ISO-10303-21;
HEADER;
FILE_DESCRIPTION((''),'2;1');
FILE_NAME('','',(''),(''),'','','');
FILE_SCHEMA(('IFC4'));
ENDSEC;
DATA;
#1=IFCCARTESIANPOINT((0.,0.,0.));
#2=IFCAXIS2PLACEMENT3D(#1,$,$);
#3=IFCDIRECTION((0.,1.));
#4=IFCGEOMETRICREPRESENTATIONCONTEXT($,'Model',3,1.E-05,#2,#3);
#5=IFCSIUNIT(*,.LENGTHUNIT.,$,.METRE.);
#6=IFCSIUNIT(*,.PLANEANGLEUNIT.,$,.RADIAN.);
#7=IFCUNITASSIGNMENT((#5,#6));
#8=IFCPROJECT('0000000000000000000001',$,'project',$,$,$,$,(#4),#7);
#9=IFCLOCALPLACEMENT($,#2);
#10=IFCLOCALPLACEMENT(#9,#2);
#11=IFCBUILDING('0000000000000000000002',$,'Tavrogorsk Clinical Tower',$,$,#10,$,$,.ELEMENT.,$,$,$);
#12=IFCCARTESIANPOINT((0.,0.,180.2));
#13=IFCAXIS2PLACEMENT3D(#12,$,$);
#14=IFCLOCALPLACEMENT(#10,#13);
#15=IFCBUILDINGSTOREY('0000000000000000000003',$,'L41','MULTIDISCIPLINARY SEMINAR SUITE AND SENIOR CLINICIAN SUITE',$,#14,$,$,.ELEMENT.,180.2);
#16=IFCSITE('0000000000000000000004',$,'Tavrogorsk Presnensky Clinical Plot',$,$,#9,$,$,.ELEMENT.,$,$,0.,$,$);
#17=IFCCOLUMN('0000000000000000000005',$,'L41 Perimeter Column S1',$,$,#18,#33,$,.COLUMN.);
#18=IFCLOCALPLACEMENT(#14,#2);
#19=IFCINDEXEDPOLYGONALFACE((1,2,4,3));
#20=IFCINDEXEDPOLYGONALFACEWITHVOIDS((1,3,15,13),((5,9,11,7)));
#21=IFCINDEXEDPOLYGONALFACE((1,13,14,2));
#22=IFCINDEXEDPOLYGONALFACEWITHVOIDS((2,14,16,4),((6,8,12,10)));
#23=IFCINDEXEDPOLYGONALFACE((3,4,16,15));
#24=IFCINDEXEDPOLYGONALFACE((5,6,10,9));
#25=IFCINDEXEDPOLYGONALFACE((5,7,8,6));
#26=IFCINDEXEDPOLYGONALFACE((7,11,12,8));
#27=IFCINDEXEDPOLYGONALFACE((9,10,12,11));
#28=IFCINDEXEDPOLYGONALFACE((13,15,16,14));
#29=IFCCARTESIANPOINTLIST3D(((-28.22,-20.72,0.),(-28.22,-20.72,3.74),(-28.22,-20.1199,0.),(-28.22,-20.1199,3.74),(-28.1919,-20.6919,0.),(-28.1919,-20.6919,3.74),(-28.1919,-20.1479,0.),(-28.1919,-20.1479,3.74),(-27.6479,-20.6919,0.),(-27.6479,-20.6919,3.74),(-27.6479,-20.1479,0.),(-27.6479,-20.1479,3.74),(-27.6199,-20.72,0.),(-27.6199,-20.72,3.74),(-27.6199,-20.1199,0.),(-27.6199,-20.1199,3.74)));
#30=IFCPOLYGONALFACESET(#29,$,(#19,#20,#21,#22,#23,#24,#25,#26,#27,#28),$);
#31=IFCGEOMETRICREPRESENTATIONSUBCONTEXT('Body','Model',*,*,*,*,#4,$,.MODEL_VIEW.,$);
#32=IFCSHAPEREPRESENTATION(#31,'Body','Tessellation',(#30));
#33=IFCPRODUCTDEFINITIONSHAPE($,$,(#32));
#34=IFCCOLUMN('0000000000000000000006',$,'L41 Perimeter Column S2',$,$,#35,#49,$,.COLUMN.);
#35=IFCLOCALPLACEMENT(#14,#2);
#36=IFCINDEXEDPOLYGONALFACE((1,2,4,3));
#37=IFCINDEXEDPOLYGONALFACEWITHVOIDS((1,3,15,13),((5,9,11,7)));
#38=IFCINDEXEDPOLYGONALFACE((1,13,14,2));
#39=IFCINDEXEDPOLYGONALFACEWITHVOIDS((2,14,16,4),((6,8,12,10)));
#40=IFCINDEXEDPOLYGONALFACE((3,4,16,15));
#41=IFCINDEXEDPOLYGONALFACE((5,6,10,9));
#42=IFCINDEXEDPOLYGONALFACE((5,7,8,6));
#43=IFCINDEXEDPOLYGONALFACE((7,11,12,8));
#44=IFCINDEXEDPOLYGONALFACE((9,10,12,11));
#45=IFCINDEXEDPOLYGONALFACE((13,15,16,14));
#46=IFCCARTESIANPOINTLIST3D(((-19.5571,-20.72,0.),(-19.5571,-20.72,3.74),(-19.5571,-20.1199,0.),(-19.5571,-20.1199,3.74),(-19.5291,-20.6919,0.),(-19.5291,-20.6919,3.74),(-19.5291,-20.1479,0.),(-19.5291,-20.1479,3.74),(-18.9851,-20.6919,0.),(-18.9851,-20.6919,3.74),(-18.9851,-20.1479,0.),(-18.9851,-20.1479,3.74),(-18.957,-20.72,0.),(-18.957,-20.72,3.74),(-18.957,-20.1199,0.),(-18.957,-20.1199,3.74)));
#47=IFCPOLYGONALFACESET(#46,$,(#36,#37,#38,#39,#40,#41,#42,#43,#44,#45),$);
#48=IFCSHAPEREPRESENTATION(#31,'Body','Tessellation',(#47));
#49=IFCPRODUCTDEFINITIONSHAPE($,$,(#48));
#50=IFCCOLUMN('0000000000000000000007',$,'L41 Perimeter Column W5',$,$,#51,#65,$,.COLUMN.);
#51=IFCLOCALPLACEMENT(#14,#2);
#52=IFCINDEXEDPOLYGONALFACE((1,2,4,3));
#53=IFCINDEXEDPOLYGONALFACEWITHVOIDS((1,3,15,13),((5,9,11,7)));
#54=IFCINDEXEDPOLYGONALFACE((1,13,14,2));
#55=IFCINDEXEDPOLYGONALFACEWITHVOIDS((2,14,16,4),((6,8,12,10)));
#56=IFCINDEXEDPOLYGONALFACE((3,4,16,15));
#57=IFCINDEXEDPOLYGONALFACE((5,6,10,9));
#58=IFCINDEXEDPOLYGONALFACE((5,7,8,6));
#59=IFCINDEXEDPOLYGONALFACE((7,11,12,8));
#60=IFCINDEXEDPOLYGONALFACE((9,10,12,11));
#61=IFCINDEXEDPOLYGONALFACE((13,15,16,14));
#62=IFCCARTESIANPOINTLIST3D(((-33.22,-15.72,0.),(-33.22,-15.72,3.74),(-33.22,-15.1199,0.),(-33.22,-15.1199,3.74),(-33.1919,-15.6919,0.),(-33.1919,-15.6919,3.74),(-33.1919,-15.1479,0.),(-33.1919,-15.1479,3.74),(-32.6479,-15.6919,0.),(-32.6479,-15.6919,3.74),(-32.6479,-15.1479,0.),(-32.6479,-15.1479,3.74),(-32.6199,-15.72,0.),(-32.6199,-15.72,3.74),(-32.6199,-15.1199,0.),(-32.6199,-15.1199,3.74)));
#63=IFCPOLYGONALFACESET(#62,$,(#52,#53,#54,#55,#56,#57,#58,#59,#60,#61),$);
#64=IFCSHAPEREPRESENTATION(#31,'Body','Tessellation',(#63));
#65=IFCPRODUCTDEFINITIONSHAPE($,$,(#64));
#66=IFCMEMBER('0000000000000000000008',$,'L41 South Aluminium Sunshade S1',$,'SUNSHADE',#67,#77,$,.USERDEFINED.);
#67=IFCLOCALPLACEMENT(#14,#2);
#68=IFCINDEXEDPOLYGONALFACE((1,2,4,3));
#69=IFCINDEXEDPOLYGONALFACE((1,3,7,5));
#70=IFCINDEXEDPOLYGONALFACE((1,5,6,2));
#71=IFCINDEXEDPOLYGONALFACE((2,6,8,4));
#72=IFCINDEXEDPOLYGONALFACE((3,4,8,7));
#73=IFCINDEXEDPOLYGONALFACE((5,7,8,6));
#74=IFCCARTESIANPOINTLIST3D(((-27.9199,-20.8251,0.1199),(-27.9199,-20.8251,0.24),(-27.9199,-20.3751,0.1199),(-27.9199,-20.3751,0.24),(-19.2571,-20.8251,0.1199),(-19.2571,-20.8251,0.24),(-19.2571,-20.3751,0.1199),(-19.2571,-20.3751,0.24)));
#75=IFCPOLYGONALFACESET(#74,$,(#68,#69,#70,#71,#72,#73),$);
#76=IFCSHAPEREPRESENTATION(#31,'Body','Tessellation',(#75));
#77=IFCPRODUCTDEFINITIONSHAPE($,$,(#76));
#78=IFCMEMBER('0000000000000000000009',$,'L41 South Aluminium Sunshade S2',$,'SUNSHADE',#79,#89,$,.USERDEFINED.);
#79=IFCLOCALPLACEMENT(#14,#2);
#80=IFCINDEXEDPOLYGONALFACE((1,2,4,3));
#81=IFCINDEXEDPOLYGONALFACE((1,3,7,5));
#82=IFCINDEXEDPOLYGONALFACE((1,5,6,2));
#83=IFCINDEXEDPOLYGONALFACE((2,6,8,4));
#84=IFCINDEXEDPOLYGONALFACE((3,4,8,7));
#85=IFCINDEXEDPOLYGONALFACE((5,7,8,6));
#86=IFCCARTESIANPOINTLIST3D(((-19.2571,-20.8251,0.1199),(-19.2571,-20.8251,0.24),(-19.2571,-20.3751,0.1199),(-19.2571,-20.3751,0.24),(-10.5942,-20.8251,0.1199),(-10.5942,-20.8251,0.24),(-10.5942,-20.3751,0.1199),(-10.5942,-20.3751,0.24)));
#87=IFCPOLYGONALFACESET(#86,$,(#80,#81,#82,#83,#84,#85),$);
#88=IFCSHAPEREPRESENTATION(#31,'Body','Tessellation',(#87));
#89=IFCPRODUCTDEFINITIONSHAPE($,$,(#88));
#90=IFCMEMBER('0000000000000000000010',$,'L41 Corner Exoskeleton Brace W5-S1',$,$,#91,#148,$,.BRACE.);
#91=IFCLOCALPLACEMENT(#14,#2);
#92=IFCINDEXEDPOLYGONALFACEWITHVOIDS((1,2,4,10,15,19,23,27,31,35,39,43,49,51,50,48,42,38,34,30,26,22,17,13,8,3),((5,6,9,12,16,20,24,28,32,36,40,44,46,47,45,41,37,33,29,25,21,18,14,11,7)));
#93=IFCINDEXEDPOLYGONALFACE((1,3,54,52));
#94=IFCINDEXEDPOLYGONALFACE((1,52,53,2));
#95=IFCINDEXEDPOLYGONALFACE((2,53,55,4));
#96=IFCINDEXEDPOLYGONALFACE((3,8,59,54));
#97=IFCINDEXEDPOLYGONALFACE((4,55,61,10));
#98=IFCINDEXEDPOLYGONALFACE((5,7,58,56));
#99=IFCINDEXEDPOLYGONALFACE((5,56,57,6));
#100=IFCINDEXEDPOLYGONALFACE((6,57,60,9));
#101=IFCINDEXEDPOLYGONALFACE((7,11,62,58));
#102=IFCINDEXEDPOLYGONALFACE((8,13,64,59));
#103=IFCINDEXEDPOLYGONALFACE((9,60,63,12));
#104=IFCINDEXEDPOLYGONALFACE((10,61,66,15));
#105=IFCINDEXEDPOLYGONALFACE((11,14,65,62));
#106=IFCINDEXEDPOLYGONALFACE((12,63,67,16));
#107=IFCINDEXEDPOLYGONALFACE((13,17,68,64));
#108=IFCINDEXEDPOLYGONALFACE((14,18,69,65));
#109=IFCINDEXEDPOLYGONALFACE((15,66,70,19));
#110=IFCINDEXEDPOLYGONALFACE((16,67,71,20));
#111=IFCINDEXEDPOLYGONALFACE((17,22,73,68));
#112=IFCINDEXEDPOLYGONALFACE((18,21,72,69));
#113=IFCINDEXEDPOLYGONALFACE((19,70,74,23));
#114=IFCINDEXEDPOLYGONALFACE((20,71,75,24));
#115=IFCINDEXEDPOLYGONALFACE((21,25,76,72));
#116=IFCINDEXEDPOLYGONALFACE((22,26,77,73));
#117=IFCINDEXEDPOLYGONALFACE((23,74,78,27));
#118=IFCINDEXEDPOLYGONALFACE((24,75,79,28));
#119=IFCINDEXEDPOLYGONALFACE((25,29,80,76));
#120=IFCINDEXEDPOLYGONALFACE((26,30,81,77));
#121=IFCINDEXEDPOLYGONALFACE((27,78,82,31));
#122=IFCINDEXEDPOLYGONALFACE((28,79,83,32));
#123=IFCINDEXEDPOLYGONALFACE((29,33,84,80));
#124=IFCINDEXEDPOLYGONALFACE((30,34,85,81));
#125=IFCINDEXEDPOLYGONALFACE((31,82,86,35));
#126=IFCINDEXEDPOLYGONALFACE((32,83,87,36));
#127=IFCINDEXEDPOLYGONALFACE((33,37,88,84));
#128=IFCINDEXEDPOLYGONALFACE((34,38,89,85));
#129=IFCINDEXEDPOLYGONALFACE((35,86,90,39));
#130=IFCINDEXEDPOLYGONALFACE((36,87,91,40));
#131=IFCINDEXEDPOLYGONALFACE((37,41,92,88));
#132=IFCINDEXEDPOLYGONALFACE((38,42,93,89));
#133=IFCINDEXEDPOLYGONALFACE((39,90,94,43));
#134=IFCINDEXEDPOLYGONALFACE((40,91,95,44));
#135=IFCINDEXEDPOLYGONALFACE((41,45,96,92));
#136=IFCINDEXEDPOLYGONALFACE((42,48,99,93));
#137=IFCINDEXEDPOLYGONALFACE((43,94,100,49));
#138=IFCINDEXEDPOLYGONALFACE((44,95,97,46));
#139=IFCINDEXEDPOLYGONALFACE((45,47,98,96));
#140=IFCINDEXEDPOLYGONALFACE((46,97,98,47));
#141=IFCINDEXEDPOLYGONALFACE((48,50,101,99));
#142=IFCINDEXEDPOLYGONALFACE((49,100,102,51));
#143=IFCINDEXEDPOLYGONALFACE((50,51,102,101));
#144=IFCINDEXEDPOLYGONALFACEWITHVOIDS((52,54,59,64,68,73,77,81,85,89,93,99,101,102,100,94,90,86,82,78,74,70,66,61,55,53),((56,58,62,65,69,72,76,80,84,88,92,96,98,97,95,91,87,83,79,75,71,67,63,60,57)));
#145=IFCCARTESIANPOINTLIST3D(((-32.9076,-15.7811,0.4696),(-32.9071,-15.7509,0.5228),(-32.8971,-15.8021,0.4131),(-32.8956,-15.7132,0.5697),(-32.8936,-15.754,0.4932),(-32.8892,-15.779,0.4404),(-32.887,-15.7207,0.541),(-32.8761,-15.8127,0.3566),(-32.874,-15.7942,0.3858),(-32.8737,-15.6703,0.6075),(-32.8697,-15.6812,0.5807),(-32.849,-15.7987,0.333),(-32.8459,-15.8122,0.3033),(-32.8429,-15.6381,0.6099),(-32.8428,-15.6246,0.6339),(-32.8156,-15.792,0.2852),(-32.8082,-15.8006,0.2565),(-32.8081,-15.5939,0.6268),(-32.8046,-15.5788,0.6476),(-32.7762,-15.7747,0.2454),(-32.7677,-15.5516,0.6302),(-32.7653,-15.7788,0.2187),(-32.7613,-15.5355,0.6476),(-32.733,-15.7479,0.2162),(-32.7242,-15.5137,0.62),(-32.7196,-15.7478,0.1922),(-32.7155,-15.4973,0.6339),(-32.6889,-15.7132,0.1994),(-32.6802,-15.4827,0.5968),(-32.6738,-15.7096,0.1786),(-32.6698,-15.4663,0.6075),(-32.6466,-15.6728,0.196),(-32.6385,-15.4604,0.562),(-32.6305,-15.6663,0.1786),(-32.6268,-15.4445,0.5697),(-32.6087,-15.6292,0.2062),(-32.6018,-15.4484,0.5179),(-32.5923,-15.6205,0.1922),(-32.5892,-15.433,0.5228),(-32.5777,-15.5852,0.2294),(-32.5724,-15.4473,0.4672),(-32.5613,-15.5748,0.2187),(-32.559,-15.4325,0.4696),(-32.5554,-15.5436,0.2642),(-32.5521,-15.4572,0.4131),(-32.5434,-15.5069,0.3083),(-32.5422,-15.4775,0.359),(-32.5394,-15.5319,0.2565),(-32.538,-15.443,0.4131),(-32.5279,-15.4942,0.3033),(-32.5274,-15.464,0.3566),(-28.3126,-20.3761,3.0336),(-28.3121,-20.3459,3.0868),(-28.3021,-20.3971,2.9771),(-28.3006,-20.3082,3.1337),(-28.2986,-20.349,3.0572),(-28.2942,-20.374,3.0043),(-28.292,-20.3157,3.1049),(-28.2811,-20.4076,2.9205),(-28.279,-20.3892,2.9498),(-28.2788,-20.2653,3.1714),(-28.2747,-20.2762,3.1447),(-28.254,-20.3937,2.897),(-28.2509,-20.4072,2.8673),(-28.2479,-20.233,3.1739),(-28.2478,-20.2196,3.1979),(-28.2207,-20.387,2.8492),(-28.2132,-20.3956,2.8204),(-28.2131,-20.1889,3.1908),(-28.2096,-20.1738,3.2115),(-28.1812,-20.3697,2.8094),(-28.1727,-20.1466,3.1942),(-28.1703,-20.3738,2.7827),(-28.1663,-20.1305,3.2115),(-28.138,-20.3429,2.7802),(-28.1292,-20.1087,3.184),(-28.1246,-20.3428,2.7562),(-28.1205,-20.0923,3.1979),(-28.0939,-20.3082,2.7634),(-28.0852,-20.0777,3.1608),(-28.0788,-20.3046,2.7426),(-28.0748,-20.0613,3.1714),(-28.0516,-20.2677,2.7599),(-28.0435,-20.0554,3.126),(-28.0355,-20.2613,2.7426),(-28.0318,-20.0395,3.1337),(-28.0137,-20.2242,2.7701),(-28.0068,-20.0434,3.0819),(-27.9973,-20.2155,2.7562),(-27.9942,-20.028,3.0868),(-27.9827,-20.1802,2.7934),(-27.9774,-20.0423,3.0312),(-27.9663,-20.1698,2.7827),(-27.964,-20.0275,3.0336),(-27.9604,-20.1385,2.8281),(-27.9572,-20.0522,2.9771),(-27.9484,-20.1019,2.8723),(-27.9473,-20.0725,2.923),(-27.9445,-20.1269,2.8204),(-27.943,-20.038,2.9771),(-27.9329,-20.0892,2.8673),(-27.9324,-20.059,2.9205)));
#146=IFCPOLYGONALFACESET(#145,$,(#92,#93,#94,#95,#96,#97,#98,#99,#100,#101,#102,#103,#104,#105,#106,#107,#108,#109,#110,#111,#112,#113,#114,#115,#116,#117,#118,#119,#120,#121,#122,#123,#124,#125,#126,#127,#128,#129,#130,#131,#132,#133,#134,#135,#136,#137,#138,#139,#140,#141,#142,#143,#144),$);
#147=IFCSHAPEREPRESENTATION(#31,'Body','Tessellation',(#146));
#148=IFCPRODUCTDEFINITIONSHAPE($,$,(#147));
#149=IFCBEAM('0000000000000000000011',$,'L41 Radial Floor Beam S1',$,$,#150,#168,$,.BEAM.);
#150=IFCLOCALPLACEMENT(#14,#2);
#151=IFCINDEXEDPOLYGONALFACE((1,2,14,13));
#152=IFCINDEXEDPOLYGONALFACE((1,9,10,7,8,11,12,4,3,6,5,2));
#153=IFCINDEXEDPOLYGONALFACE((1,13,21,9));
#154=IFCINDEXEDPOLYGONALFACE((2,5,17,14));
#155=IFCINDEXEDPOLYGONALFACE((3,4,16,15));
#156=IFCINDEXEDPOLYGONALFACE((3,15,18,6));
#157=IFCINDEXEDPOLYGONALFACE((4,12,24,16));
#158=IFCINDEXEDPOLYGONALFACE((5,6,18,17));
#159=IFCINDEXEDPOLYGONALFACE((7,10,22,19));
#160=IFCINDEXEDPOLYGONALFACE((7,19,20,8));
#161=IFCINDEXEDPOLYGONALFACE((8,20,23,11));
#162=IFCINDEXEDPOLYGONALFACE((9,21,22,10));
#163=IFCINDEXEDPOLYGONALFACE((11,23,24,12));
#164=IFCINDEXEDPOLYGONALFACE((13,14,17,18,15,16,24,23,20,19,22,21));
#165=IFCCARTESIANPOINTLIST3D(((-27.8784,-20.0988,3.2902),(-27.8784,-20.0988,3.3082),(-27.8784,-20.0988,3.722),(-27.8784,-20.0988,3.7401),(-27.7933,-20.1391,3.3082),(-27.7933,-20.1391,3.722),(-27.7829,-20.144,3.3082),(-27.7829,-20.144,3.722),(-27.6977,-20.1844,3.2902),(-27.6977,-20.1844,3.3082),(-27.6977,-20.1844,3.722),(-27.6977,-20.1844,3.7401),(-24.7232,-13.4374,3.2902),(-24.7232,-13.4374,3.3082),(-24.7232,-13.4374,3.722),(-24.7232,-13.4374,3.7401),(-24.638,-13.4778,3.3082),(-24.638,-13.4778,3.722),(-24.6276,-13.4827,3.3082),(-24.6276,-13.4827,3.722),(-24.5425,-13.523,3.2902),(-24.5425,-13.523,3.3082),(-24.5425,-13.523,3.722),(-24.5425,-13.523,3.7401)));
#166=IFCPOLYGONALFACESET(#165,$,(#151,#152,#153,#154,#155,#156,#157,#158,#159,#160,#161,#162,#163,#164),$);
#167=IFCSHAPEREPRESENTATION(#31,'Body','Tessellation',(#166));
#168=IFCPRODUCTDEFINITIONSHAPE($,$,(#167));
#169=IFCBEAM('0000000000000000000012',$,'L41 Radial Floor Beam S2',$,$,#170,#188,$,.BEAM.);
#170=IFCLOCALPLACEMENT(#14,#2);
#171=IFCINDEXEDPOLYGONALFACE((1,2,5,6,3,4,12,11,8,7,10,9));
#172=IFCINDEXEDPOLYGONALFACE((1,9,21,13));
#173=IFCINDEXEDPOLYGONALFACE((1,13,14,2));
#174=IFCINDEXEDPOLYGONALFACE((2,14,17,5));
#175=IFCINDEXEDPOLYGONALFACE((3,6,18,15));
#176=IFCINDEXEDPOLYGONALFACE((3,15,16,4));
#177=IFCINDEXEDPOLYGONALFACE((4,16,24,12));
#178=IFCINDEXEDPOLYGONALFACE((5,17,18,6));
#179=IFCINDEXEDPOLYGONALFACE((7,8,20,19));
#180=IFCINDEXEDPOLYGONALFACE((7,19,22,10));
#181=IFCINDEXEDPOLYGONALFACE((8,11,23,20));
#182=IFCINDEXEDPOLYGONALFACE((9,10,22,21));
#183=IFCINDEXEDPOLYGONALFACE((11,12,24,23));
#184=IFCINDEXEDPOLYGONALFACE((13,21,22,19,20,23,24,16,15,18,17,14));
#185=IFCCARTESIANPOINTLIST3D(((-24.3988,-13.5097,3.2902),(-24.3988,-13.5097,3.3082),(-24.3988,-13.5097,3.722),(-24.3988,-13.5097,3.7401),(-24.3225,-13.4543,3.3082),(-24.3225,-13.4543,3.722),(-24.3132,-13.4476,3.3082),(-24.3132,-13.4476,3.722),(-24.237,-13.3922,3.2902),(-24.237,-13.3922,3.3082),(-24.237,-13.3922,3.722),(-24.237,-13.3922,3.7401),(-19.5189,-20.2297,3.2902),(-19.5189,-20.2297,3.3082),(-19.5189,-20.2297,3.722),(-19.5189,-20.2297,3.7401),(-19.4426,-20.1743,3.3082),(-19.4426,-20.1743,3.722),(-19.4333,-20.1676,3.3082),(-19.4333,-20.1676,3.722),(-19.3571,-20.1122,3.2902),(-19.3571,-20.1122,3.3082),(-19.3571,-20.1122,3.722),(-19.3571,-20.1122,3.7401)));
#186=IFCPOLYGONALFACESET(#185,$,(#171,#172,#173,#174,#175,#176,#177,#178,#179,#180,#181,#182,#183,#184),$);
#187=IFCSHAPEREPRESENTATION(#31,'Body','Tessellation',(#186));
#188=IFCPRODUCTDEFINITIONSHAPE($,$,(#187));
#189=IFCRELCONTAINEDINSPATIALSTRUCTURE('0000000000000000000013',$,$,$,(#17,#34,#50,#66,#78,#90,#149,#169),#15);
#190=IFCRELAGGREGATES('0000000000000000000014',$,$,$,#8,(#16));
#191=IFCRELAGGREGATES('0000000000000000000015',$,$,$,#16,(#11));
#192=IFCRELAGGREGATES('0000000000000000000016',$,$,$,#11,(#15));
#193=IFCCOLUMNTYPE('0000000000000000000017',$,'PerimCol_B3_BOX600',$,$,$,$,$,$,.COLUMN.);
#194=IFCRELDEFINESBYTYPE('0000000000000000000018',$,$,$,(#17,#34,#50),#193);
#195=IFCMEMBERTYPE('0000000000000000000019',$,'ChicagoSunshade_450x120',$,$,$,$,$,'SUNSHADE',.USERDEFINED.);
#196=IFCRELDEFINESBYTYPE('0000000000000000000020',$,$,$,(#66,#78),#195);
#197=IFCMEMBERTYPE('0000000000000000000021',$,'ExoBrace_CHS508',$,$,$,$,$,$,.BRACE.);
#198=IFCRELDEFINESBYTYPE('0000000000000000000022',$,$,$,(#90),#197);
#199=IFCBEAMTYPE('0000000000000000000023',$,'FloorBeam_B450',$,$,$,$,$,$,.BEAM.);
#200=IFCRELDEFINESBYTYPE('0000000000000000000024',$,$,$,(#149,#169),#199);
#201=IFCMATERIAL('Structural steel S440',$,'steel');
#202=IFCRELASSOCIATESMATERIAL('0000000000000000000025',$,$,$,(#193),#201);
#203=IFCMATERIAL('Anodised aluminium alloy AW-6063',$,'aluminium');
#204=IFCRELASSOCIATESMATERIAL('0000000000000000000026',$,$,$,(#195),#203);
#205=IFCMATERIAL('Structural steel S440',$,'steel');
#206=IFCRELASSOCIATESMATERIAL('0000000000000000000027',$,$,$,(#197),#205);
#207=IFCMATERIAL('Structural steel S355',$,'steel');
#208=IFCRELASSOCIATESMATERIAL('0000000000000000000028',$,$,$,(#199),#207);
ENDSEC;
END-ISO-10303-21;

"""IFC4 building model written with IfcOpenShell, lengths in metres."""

from ifc_helpers import new_model, si_unit, direction, frame, origin, origin_2d, place, context, subcontext, project, spatial, rectangle, hollow_rectangle, hollow_circle, i_section, extrude, material, material_profile, profile_set, type_object, element, save


model = new_model("IFC4")

# Units and contexts
model_context = context("Model", 3, precision=1e-05, world=origin(), true_north=direction((0.0, 1.0)))
body_context = subcontext(model_context, "Body", "Model", "MODEL_VIEW")
ifc_project = project(units=[si_unit("LENGTHUNIT", "METRE"), si_unit("PLANEANGLEUNIT", "RADIAN")], contexts=[model_context])

# Site, building, storey
site_placement = place(None, origin())
site = spatial("IfcSite", under=ifc_project, at=site_placement, Name="Tavrogorsk Presnensky Clinical Plot", CompositionType="ELEMENT", RefElevation=0.0)
building_placement = place(site_placement, origin())
building = spatial("IfcBuilding", under=site, at=building_placement, Name="Tavrogorsk Clinical Tower", CompositionType="ELEMENT")
storey_placement = place(building_placement, frame((0.0, 0.0, 180.2)))
storey = spatial("IfcBuildingStorey", under=building, at=storey_placement, Name="L41", Description="MULTIDISCIPLINARY SEMINAR SUITE AND SENIOR CLINICIAN SUITE", CompositionType="ELEMENT", Elevation=180.2)

# Columns
ifc_material_1 = material(Name="Structural steel S440", Category="steel")
ifc_material_profile_1 = material_profile(ifc_material_1, hollow_rectangle(XDim=0.6001, YDim=0.6001, WallThickness=0.0281, at=origin_2d()), Name="BOX-600x600x28")
ifc_profile_set_1 = profile_set([ifc_material_profile_1], Name="Structural steel S440")
column_type = type_object("IfcColumnType", Name="PerimCol_B3_BOX600", PredefinedType="COLUMN", material=ifc_profile_set_1)
for number, where, z_axis, x_axis, name in (
    (1, (-27.9199, -20.4199, 0.0), (0.0, 0.0, 1.0), (1.0, 0.0, 0.0), "L41 Perimeter Column S1"),
    (2, (-19.2571, -20.4199, 0.0), (0.0, 0.0, 1.0), (1.0, 0.0, 0.0), "L41 Perimeter Column S2"),
    (3, (-32.9199, -15.4199, 0.0), (0.0, 0.0, 1.0), (1.0, 0.0, 0.0), "L41 Perimeter Column W5"),
):
    element("IfcColumn", number, at=place(storey_placement, frame(where, z_axis=z_axis, x_axis=x_axis)), inside=storey, type_object=column_type, Name=name, PredefinedType="COLUMN", context=body_context, shape_type="SweptSolid", body=[
        extrude(hollow_rectangle(XDim=0.6001, YDim=0.6001, WallThickness=0.0281, at=origin_2d()), origin(), (0.0, 0.0, 1.0), 3.74),
    ])

# Members
ifc_material_2 = material(Name="Anodised aluminium alloy AW-6063", Category="aluminium")
ifc_material_profile_2 = material_profile(ifc_material_2, rectangle(XDim=0.45, YDim=0.1201, at=origin_2d()), Name="ALU-SUNSHADE-450x120")
ifc_profile_set_2 = profile_set([ifc_material_profile_2], Name="Anodised aluminium alloy AW-6063")
member_type_1 = type_object("IfcMemberType", Name="ChicagoSunshade_450x120", ElementType="SUNSHADE", PredefinedType="USERDEFINED", material=ifc_profile_set_2)
for number, where, z_axis, x_axis, name in (
    (4, (-27.9199, -20.6001, 0.1799), (1.0, 0.0, 0.0), (0.0, 1.0, 0.0), "L41 South Aluminium Sunshade S1"),
    (5, (-19.2571, -20.6001, 0.1799), (1.0, 0.0, 0.0), (0.0, 1.0, 0.0), "L41 South Aluminium Sunshade S2"),
):
    element("IfcMember", number, at=place(storey_placement, frame(where, z_axis=z_axis, x_axis=x_axis)), inside=storey, type_object=member_type_1, Name=name, ObjectType="SUNSHADE", PredefinedType="USERDEFINED", context=body_context, shape_type="SweptSolid", body=[
        extrude(rectangle(XDim=0.45, YDim=0.1201, at=origin_2d()), origin(), (0.0, 0.0, 1.0), 8.6628),
    ])
ifc_material_3 = material(Name="Structural steel S440", Category="steel")
ifc_material_profile_3 = material_profile(ifc_material_3, hollow_circle(Radius=0.2539, WallThickness=0.02, at=origin_2d()), Name="CHS-508x20")
ifc_profile_set_3 = profile_set([ifc_material_profile_3], Name="Structural steel S440")
member_type_2 = type_object("IfcMemberType", Name="ExoBrace_CHS508", PredefinedType="BRACE", material=ifc_profile_set_3)
member_1_placement = place(storey_placement, frame((-32.7175, -15.6226, 0.4131), z_axis=(0.657759, -0.657759, 0.367025), x_axis=(0.707107, 0.707107, 0.0)))
element("IfcMember", 6, at=member_1_placement, inside=storey, type_object=member_type_2, Name="L41 Corner Exoskeleton Brace W5-S1", PredefinedType="BRACE", context=body_context, shape_type="SweptSolid", body=[
    extrude(hollow_circle(Radius=0.2539, WallThickness=0.02, at=origin_2d()), origin(), (0.0, 0.0, 1.0), 6.9858),
])

# Beams
ifc_material_4 = material(Name="Structural steel S355", Category="steel")
ifc_material_profile_4 = material_profile(ifc_material_4, i_section(OverallWidth=0.2, OverallDepth=0.45, WebThickness=0.0115, FlangeThickness=0.0181, at=origin_2d()), Name="B-450x200x11.5x18")
ifc_profile_set_4 = profile_set([ifc_material_profile_4], Name="Structural steel S355")
beam_type_1 = type_object("IfcBeamType", Name="FloorBeam_B450", PredefinedType="BEAM", material=ifc_profile_set_4)
beam_1_placement = place(storey_placement, frame((-24.6328, -13.4802, 3.5151), z_axis=(-0.428074, -0.903744, 0.0), x_axis=(0.903744, -0.428074, 0.0)))
element("IfcBeam", 7, at=beam_1_placement, inside=storey, type_object=beam_type_1, Name="L41 Radial Floor Beam S1", PredefinedType="BEAM", context=body_context, shape_type="SweptSolid", body=[
    extrude(i_section(OverallWidth=0.2, OverallDepth=0.45, WebThickness=0.0115, FlangeThickness=0.0181, at=origin_2d()), origin(), (0.0, 0.0, 1.0), 7.3708),
])
beam_2_placement = place(storey_placement, frame((-24.3179, -13.4509, 3.5151), z_axis=(0.587591, -0.809158, 0.0), x_axis=(0.809158, 0.587591, 0.0)))
element("IfcBeam", 8, at=beam_2_placement, inside=storey, type_object=beam_type_1, Name="L41 Radial Floor Beam S2", PredefinedType="BEAM", context=body_context, shape_type="SweptSolid", body=[
    extrude(i_section(OverallWidth=0.2, OverallDepth=0.45, WebThickness=0.0115, FlangeThickness=0.0181, at=origin_2d()), origin(), (0.0, 0.0, 1.0), 8.3049),
])

save(model, "model.ifc")
